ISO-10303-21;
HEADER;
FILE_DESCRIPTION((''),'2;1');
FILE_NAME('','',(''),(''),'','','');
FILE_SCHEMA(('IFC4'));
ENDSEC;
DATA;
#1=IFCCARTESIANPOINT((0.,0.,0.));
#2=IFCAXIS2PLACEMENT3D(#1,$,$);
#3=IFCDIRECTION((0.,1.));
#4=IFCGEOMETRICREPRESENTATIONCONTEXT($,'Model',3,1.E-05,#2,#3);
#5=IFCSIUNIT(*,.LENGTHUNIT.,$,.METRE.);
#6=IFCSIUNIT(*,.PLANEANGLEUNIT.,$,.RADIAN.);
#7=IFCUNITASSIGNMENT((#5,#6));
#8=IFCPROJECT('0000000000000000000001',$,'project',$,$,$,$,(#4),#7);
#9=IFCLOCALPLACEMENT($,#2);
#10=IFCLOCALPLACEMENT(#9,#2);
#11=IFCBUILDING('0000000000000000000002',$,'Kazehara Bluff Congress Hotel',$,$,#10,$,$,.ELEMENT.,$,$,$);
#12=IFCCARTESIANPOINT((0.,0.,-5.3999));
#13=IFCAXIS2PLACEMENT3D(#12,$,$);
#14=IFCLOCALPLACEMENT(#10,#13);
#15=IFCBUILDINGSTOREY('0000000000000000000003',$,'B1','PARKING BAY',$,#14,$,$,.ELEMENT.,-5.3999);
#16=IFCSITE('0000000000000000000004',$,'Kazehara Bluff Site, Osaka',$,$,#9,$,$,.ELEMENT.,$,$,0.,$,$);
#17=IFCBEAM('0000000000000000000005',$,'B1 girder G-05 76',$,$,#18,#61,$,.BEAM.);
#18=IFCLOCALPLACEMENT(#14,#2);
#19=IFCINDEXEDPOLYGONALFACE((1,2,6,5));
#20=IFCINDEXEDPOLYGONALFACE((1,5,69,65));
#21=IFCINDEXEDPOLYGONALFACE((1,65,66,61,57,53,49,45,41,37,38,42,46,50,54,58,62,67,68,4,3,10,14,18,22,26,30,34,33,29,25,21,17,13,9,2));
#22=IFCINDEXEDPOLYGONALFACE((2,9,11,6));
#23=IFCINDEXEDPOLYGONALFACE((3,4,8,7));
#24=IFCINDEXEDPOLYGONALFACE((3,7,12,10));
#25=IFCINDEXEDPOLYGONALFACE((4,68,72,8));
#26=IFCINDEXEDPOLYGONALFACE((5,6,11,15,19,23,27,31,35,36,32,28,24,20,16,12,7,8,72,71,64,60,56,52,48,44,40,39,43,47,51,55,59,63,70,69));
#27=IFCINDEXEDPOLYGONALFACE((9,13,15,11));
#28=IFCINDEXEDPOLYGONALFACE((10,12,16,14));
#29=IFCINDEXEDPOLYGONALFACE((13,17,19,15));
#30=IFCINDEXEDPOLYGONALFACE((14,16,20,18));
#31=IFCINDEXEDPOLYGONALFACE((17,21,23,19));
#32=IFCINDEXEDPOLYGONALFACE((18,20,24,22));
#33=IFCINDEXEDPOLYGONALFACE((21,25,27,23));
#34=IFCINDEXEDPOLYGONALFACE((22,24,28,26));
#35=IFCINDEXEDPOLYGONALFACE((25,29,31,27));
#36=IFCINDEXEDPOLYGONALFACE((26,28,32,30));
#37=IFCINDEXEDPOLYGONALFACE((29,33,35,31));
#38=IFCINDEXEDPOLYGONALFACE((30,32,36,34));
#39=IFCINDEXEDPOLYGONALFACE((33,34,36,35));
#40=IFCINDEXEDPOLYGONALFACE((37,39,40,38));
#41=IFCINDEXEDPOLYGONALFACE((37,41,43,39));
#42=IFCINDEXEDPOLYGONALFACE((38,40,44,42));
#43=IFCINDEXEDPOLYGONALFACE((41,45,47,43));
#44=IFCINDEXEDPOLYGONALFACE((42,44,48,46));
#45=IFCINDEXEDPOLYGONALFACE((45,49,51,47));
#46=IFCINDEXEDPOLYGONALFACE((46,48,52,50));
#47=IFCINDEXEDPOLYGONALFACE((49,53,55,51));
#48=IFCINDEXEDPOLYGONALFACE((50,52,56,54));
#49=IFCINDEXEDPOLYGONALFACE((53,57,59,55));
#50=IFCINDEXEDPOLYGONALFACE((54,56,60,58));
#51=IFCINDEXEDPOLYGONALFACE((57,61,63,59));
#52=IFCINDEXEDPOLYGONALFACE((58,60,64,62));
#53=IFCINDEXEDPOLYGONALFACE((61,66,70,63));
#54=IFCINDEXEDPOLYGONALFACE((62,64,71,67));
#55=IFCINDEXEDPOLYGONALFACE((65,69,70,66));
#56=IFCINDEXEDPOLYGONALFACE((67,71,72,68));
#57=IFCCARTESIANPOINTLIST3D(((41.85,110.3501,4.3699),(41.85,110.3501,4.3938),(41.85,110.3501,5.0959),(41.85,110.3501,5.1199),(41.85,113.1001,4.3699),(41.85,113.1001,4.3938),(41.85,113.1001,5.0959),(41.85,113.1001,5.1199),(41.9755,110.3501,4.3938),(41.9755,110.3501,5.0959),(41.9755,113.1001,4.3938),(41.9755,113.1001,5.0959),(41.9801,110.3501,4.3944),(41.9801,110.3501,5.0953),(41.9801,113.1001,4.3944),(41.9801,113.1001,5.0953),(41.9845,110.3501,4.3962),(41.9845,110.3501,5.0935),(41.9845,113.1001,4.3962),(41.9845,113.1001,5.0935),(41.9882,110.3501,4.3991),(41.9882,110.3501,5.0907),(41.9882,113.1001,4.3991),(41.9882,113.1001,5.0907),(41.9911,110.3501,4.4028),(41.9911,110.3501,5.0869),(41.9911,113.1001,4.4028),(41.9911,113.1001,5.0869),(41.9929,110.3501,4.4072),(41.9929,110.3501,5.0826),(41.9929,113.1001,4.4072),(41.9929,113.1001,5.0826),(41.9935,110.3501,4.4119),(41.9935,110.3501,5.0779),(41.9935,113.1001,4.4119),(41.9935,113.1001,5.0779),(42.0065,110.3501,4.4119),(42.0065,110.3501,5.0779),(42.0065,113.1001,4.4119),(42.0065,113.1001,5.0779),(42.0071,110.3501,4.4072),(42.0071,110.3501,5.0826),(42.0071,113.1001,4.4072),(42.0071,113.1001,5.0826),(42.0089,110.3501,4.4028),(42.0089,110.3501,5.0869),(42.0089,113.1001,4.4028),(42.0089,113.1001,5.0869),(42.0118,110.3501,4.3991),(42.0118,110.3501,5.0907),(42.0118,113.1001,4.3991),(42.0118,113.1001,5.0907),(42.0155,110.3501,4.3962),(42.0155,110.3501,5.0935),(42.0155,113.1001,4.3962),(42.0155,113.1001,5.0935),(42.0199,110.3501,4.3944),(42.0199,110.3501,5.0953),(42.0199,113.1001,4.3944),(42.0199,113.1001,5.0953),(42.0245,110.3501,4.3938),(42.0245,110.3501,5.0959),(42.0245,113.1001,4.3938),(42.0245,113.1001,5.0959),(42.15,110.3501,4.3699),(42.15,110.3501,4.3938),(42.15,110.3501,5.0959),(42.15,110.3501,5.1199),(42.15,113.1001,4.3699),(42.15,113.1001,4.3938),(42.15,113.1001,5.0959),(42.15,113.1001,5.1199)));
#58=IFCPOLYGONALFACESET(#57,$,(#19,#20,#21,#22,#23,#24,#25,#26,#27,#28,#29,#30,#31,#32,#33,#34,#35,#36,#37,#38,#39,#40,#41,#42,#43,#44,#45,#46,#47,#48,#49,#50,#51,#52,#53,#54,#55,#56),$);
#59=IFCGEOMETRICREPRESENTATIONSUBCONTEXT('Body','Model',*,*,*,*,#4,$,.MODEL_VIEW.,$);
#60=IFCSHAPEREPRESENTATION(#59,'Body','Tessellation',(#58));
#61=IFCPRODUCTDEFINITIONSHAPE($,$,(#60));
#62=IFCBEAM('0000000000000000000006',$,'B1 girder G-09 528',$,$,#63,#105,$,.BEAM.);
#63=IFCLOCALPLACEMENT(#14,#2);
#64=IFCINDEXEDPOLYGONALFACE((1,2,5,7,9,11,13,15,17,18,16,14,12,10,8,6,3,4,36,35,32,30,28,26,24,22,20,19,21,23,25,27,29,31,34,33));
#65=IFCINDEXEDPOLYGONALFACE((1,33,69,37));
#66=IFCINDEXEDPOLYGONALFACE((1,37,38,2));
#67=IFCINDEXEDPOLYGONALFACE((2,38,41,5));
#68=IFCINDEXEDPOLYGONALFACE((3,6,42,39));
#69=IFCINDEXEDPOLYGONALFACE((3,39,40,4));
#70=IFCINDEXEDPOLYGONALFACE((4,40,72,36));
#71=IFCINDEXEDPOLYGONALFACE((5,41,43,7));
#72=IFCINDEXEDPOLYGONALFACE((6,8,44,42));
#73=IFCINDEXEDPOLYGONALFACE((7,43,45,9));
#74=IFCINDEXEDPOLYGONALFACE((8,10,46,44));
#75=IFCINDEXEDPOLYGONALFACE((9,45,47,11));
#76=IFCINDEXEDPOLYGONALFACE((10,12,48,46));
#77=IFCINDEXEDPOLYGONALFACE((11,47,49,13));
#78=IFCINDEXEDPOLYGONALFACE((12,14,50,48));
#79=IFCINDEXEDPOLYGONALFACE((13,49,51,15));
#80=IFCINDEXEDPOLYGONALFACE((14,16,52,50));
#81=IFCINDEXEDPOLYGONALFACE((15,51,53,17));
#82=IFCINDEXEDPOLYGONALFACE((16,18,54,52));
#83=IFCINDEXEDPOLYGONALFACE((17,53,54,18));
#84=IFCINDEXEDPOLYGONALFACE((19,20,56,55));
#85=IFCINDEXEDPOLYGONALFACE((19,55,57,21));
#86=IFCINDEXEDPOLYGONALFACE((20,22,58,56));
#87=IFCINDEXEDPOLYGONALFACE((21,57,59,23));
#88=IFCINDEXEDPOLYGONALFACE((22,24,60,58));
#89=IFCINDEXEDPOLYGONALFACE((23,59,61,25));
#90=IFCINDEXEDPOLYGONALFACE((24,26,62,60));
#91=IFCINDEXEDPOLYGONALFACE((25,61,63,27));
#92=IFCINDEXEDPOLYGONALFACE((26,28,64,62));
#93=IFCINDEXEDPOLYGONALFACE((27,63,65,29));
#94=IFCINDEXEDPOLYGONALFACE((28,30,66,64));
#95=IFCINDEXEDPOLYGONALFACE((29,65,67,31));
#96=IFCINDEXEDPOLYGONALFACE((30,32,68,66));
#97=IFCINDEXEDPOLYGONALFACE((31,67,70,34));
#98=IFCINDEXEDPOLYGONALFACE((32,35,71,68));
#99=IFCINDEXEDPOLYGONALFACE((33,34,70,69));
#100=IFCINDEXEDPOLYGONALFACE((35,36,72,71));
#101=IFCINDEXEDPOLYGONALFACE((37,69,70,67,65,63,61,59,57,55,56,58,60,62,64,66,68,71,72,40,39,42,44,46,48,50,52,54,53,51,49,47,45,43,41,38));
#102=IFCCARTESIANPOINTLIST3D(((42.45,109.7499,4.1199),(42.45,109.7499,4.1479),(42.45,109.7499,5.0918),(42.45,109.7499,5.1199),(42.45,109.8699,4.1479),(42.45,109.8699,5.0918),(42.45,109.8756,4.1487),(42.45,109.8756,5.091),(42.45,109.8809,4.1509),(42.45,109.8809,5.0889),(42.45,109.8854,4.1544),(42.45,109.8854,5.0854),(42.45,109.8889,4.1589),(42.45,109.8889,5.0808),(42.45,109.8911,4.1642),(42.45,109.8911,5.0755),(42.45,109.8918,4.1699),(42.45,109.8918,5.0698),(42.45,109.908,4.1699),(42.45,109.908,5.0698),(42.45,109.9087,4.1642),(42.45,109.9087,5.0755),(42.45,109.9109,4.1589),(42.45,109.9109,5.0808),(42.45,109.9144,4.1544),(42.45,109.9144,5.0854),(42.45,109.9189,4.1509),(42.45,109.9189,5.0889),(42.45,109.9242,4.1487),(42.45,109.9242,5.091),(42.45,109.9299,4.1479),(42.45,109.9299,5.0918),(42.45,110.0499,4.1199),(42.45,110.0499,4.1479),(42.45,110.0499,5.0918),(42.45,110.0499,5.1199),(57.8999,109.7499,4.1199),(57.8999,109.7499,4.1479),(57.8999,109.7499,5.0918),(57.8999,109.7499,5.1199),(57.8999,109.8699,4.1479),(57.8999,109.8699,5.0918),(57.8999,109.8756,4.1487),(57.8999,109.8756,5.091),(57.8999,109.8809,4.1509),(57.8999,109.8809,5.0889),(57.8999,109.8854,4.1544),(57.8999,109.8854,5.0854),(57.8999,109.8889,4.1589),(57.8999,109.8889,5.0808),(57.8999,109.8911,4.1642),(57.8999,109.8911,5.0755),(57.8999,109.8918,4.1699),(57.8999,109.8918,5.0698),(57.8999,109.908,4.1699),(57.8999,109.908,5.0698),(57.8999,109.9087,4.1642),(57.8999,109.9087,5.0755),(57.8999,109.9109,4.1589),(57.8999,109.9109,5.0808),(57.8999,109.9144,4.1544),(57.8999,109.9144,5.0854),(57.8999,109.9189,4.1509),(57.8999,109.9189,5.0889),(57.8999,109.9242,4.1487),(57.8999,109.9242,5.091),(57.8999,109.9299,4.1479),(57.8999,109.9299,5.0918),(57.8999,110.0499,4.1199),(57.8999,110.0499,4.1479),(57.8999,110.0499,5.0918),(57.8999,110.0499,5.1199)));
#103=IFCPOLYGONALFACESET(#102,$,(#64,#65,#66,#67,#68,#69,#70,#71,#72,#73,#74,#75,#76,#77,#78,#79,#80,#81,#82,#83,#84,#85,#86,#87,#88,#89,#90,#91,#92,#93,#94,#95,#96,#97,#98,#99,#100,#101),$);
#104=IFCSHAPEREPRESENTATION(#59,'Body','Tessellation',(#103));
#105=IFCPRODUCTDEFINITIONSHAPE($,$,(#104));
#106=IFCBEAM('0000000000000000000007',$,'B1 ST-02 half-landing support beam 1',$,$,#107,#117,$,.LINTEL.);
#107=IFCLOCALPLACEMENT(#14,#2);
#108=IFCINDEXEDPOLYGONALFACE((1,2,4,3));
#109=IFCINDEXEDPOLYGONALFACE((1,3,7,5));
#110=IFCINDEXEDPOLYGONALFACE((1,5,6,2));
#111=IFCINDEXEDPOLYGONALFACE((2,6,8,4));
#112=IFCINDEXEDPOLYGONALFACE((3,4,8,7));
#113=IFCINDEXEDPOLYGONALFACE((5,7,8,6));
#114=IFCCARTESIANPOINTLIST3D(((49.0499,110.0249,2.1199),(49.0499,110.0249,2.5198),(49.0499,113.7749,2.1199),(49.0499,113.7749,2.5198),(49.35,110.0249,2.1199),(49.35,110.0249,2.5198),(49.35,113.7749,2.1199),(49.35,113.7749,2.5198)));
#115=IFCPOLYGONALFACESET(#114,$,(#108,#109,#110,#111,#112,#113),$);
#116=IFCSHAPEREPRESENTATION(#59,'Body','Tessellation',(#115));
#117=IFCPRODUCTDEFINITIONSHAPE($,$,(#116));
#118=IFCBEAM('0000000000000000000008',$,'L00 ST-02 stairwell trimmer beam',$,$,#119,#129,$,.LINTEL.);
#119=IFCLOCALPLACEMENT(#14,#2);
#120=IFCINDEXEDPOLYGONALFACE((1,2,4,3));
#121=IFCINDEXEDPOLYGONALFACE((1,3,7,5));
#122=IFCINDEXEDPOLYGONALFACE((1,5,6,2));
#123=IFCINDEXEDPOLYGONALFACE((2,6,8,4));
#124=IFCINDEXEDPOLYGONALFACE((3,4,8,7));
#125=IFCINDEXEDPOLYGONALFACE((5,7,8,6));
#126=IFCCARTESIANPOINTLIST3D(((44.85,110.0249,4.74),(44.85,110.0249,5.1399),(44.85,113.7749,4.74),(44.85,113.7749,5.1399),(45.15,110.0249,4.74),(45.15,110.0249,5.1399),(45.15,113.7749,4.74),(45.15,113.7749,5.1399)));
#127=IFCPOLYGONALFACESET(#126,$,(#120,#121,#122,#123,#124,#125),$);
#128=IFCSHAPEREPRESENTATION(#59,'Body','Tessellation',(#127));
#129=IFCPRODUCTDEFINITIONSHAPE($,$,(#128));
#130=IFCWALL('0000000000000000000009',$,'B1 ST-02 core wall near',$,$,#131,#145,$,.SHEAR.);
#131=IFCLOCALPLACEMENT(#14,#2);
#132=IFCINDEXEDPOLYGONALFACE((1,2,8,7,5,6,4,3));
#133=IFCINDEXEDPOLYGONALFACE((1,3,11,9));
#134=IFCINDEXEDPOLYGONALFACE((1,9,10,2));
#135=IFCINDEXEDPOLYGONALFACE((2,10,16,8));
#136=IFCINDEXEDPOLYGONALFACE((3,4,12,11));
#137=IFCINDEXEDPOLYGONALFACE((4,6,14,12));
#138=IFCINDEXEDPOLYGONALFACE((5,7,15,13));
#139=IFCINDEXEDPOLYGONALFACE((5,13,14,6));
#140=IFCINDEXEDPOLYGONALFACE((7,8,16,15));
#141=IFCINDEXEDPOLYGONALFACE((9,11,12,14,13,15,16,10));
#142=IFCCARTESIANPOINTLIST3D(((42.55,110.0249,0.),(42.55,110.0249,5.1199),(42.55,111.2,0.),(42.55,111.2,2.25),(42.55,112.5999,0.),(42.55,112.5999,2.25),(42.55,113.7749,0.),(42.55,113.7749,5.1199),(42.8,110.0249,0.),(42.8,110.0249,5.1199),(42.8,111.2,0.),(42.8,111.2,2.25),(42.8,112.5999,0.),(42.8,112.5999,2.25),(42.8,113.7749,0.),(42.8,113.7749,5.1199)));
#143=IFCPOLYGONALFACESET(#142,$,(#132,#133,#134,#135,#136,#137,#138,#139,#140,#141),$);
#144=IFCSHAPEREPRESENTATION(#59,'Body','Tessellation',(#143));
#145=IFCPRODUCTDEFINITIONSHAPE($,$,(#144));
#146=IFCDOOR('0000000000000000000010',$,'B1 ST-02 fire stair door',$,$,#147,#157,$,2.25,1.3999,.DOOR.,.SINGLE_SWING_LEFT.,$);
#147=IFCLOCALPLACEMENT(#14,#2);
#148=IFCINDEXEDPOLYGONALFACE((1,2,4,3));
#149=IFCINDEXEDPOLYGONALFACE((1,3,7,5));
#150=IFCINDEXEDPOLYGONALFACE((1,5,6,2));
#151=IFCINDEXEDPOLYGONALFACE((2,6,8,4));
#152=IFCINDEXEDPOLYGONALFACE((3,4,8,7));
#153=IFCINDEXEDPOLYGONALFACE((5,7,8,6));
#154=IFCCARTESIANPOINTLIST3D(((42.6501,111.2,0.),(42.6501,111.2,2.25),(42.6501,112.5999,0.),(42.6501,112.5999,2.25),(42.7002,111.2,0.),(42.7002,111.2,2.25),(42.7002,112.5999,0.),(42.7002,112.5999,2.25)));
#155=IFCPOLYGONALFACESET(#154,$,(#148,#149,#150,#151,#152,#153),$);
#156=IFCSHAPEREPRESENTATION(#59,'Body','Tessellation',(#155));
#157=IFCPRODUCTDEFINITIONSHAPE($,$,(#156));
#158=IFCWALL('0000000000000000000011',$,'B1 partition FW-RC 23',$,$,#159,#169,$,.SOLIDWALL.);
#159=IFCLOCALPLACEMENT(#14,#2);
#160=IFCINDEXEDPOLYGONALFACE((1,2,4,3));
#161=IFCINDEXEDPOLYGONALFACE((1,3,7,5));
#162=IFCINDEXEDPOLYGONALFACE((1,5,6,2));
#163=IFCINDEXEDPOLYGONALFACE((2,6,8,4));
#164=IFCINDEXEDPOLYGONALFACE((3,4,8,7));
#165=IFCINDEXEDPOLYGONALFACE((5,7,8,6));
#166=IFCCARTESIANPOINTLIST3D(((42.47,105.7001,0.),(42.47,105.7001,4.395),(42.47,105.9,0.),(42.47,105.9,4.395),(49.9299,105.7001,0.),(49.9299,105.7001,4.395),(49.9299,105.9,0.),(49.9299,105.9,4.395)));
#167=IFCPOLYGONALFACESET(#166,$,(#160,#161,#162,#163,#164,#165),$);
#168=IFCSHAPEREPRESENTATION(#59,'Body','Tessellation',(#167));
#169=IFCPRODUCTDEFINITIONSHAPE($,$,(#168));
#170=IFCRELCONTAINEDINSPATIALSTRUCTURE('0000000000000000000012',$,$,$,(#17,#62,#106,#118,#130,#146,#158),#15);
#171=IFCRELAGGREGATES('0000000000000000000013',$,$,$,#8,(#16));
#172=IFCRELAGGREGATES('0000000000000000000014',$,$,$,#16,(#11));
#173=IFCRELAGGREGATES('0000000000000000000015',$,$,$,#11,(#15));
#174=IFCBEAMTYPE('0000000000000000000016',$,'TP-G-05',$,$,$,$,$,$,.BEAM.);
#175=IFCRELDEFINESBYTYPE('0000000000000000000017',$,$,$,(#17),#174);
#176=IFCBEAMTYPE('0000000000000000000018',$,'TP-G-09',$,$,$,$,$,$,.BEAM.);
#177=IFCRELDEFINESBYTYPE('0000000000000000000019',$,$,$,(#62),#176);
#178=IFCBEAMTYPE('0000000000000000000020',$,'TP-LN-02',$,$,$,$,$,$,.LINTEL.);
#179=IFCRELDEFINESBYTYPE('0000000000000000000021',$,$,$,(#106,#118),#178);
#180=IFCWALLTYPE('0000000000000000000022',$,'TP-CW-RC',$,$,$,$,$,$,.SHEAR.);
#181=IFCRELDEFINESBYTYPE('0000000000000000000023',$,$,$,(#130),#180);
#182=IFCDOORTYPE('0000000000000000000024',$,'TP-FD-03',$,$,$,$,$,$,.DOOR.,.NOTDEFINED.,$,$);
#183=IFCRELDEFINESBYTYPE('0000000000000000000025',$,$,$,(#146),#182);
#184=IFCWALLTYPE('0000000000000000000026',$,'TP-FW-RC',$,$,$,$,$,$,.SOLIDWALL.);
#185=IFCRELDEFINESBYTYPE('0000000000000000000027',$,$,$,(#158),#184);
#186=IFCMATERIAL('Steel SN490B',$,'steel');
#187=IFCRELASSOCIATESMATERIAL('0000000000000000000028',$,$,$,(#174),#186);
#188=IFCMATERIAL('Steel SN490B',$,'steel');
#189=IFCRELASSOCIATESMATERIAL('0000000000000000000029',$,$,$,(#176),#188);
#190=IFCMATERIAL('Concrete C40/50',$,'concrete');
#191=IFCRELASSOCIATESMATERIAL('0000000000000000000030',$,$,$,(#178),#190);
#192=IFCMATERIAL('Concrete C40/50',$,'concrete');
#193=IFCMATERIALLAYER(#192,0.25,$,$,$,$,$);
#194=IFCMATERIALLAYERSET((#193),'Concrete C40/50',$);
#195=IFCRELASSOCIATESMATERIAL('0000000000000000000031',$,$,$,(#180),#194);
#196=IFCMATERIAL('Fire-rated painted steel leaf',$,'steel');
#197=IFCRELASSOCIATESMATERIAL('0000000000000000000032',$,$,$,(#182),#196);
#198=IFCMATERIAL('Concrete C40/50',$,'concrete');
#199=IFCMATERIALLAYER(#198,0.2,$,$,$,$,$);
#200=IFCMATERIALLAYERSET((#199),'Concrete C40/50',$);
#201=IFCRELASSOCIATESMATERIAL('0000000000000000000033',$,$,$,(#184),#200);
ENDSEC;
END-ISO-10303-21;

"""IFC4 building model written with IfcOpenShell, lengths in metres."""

from ifc_helpers import new_model, si_unit, direction, frame, frame_2d, origin, origin_2d, place, context, subcontext, project, spatial, rectangle, i_section, extrude, material, layer, layer_set, material_profile, profile_set, type_object, element, fill, save


model = new_model("IFC4")

# Units and contexts
model_context = context("Model", 3, precision=1e-05, world=origin(), true_north=direction((0.0, 1.0)))
body_context = subcontext(model_context, "Body", "Model", "MODEL_VIEW")
ifc_project = project(units=[si_unit("LENGTHUNIT", "METRE"), si_unit("PLANEANGLEUNIT", "RADIAN")], contexts=[model_context])

# Site, building, storey
site_placement = place(None, origin())
site = spatial("IfcSite", under=ifc_project, at=site_placement, Name="Kazehara Bluff Site, Osaka", CompositionType="ELEMENT", RefElevation=0.0)
building_placement = place(site_placement, origin())
building = spatial("IfcBuilding", under=site, at=building_placement, Name="Kazehara Bluff Congress Hotel", CompositionType="ELEMENT")
storey_placement = place(building_placement, frame((0.0, 0.0, -5.3999)))
storey = spatial("IfcBuildingStorey", under=building, at=storey_placement, Name="B1", Description="PARKING BAY", CompositionType="ELEMENT", Elevation=-5.3999)

# Beams
ifc_material_1 = material(Name="Steel SN490B", Category="steel")
ifc_material_profile_1 = material_profile(ifc_material_1, i_section(OverallWidth=0.3, OverallDepth=0.75, WebThickness=0.0129, FlangeThickness=0.0239, FilletRadius=0.0181, at=origin_2d()))
ifc_profile_set_1 = profile_set([ifc_material_profile_1], Name="Steel SN490B")
beam_type_1 = type_object("IfcBeamType", Name="TP-G-05", PredefinedType="BEAM", material=ifc_profile_set_1)
beam_1_placement = place(storey_placement, frame((42.0, 110.3501, 4.7449), z_axis=(0.0, 1.0, 0.0), x_axis=(-1.0, 0.0, 0.0)))
element("IfcBeam", 1, at=beam_1_placement, inside=storey, type_object=beam_type_1, Name="B1 girder G-05 76", PredefinedType="BEAM", context=body_context, shape_type="SweptSolid", body=[
    extrude(i_section(OverallWidth=0.3, OverallDepth=0.75, WebThickness=0.0129, FlangeThickness=0.0239, FilletRadius=0.0181, at=origin_2d()), origin(), (0.0, 0.0, 1.0), 2.75),
])
ifc_material_2 = material(Name="Steel SN490B", Category="steel")
ifc_material_profile_2 = material_profile(ifc_material_2, i_section(OverallWidth=0.3, OverallDepth=1.0, WebThickness=0.0161, FlangeThickness=0.0281, FilletRadius=0.022, at=origin_2d()))
ifc_profile_set_2 = profile_set([ifc_material_profile_2], Name="Steel SN490B")
beam_type_2 = type_object("IfcBeamType", Name="TP-G-09", PredefinedType="BEAM", material=ifc_profile_set_2)
beam_2_placement = place(storey_placement, frame((42.45, 109.8999, 4.6199), z_axis=(1.0, 0.0, 0.0), x_axis=(0.0, 1.0, 0.0)))
element("IfcBeam", 2, at=beam_2_placement, inside=storey, type_object=beam_type_2, Name="B1 girder G-09 528", PredefinedType="BEAM", context=body_context, shape_type="SweptSolid", body=[
    extrude(i_section(OverallWidth=0.3, OverallDepth=1.0, WebThickness=0.0161, FlangeThickness=0.0281, FilletRadius=0.022, at=origin_2d()), origin(), (0.0, 0.0, 1.0), 15.45),
])
ifc_material_3 = material(Name="Concrete C40/50", Category="concrete")
ifc_material_profile_3 = material_profile(ifc_material_3, rectangle(XDim=0.3, YDim=0.3999, at=origin_2d()))
ifc_profile_set_3 = profile_set([ifc_material_profile_3], Name="Concrete C40/50")
beam_type_3 = type_object("IfcBeamType", Name="TP-LN-02", PredefinedType="LINTEL", material=ifc_profile_set_3)
for number, where, z_axis, x_axis, name in (
    (3, (49.2, 110.0249, 2.3198), (0.0, 1.0, 0.0), (-1.0, 0.0, 0.0), "B1 ST-02 half-landing support beam 1"),
    (4, (45.0, 110.0249, 4.9399), (0.0, 1.0, 0.0), (-1.0, 0.0, 0.0), "L00 ST-02 stairwell trimmer beam"),
):
    element("IfcBeam", number, at=place(storey_placement, frame(where, z_axis=z_axis, x_axis=x_axis)), inside=storey, type_object=beam_type_3, Name=name, PredefinedType="LINTEL", context=body_context, shape_type="SweptSolid", body=[
        extrude(rectangle(XDim=0.3, YDim=0.3999, at=origin_2d()), origin(), (0.0, 0.0, 1.0), 3.75),
    ])

# Wall, opening, door
ifc_material_4 = material(Name="Concrete C40/50", Category="concrete")
ifc_layer_1 = layer(ifc_material_4, 0.25)
ifc_layer_set_1 = layer_set([ifc_layer_1], Name="Concrete C40/50")
wall_type_1 = type_object("IfcWallType", Name="TP-CW-RC", PredefinedType="SHEAR", material=ifc_layer_set_1)
wall_1_placement = place(storey_placement, frame((42.675, 110.0249, 0.0), z_axis=(0.0, 0.0, 1.0), x_axis=(0.0, 1.0, 0.0)))
wall_1 = element("IfcWall", 5, at=wall_1_placement, inside=storey, type_object=wall_type_1, Name="B1 ST-02 core wall near", PredefinedType="SHEAR", context=body_context, shape_type="SweptSolid", body=[
    extrude(rectangle(XDim=3.75, YDim=0.25, at=frame_2d((1.875, 0.0))), origin(), (0.0, 0.0, 1.0), 5.1199),
])
opening_placement = place(wall_1_placement, frame((1.175, 0.0, 0.0)))
opening = element("IfcOpeningElement", 6, at=opening_placement, cuts=wall_1, PredefinedType="OPENING", context=body_context, shape_type="SweptSolid", body=[
    extrude(rectangle(XDim=1.3999, YDim=2.25, at=frame_2d((0.7, 1.125))), frame((0.0, 0.135, 0.0), z_axis=(0.0, -1.0, 0.0), x_axis=(1.0, 0.0, 0.0)), (0.0, 0.0, 1.0), 0.27),
])
ifc_material_5 = material(Name="Fire-rated painted steel leaf", Category="steel")
door_type = type_object("IfcDoorType", Name="TP-FD-03", OperationType="NOTDEFINED", PredefinedType="DOOR", material=ifc_material_5)
door_placement = place(opening_placement, origin())
door = element("IfcDoor", 7, at=door_placement, inside=storey, type_object=door_type, Name="B1 ST-02 fire stair door", OperationType="SINGLE_SWING_LEFT", OverallHeight=2.25, OverallWidth=1.3999, PredefinedType="DOOR", context=body_context, shape_type="SweptSolid", body=[
    extrude(rectangle(XDim=1.3999, YDim=2.25, at=frame_2d((0.7, 1.125))), frame((0.0, 0.0249, 0.0), z_axis=(0.0, -1.0, 0.0), x_axis=(1.0, 0.0, 0.0)), (0.0, 0.0, 1.0), 0.05),
])
fill(opening, door)

# Wall
ifc_material_6 = material(Name="Concrete C40/50", Category="concrete")
ifc_layer_2 = layer(ifc_material_6, 0.2)
ifc_layer_set_2 = layer_set([ifc_layer_2], Name="Concrete C40/50")
wall_type_2 = type_object("IfcWallType", Name="TP-FW-RC", PredefinedType="SOLIDWALL", material=ifc_layer_set_2)
wall_2_placement = place(storey_placement, frame((42.47, 105.8, 0.0), z_axis=(0.0, 0.0, 1.0), x_axis=(1.0, 0.0, 0.0)))
element("IfcWall", 8, at=wall_2_placement, inside=storey, type_object=wall_type_2, Name="B1 partition FW-RC 23", PredefinedType="SOLIDWALL", context=body_context, shape_type="SweptSolid", body=[
    extrude(rectangle(XDim=7.46, YDim=0.2, at=frame_2d((3.73, 0.0))), origin(), (0.0, 0.0, 1.0), 4.395),
])

save(model, "model.ifc")
